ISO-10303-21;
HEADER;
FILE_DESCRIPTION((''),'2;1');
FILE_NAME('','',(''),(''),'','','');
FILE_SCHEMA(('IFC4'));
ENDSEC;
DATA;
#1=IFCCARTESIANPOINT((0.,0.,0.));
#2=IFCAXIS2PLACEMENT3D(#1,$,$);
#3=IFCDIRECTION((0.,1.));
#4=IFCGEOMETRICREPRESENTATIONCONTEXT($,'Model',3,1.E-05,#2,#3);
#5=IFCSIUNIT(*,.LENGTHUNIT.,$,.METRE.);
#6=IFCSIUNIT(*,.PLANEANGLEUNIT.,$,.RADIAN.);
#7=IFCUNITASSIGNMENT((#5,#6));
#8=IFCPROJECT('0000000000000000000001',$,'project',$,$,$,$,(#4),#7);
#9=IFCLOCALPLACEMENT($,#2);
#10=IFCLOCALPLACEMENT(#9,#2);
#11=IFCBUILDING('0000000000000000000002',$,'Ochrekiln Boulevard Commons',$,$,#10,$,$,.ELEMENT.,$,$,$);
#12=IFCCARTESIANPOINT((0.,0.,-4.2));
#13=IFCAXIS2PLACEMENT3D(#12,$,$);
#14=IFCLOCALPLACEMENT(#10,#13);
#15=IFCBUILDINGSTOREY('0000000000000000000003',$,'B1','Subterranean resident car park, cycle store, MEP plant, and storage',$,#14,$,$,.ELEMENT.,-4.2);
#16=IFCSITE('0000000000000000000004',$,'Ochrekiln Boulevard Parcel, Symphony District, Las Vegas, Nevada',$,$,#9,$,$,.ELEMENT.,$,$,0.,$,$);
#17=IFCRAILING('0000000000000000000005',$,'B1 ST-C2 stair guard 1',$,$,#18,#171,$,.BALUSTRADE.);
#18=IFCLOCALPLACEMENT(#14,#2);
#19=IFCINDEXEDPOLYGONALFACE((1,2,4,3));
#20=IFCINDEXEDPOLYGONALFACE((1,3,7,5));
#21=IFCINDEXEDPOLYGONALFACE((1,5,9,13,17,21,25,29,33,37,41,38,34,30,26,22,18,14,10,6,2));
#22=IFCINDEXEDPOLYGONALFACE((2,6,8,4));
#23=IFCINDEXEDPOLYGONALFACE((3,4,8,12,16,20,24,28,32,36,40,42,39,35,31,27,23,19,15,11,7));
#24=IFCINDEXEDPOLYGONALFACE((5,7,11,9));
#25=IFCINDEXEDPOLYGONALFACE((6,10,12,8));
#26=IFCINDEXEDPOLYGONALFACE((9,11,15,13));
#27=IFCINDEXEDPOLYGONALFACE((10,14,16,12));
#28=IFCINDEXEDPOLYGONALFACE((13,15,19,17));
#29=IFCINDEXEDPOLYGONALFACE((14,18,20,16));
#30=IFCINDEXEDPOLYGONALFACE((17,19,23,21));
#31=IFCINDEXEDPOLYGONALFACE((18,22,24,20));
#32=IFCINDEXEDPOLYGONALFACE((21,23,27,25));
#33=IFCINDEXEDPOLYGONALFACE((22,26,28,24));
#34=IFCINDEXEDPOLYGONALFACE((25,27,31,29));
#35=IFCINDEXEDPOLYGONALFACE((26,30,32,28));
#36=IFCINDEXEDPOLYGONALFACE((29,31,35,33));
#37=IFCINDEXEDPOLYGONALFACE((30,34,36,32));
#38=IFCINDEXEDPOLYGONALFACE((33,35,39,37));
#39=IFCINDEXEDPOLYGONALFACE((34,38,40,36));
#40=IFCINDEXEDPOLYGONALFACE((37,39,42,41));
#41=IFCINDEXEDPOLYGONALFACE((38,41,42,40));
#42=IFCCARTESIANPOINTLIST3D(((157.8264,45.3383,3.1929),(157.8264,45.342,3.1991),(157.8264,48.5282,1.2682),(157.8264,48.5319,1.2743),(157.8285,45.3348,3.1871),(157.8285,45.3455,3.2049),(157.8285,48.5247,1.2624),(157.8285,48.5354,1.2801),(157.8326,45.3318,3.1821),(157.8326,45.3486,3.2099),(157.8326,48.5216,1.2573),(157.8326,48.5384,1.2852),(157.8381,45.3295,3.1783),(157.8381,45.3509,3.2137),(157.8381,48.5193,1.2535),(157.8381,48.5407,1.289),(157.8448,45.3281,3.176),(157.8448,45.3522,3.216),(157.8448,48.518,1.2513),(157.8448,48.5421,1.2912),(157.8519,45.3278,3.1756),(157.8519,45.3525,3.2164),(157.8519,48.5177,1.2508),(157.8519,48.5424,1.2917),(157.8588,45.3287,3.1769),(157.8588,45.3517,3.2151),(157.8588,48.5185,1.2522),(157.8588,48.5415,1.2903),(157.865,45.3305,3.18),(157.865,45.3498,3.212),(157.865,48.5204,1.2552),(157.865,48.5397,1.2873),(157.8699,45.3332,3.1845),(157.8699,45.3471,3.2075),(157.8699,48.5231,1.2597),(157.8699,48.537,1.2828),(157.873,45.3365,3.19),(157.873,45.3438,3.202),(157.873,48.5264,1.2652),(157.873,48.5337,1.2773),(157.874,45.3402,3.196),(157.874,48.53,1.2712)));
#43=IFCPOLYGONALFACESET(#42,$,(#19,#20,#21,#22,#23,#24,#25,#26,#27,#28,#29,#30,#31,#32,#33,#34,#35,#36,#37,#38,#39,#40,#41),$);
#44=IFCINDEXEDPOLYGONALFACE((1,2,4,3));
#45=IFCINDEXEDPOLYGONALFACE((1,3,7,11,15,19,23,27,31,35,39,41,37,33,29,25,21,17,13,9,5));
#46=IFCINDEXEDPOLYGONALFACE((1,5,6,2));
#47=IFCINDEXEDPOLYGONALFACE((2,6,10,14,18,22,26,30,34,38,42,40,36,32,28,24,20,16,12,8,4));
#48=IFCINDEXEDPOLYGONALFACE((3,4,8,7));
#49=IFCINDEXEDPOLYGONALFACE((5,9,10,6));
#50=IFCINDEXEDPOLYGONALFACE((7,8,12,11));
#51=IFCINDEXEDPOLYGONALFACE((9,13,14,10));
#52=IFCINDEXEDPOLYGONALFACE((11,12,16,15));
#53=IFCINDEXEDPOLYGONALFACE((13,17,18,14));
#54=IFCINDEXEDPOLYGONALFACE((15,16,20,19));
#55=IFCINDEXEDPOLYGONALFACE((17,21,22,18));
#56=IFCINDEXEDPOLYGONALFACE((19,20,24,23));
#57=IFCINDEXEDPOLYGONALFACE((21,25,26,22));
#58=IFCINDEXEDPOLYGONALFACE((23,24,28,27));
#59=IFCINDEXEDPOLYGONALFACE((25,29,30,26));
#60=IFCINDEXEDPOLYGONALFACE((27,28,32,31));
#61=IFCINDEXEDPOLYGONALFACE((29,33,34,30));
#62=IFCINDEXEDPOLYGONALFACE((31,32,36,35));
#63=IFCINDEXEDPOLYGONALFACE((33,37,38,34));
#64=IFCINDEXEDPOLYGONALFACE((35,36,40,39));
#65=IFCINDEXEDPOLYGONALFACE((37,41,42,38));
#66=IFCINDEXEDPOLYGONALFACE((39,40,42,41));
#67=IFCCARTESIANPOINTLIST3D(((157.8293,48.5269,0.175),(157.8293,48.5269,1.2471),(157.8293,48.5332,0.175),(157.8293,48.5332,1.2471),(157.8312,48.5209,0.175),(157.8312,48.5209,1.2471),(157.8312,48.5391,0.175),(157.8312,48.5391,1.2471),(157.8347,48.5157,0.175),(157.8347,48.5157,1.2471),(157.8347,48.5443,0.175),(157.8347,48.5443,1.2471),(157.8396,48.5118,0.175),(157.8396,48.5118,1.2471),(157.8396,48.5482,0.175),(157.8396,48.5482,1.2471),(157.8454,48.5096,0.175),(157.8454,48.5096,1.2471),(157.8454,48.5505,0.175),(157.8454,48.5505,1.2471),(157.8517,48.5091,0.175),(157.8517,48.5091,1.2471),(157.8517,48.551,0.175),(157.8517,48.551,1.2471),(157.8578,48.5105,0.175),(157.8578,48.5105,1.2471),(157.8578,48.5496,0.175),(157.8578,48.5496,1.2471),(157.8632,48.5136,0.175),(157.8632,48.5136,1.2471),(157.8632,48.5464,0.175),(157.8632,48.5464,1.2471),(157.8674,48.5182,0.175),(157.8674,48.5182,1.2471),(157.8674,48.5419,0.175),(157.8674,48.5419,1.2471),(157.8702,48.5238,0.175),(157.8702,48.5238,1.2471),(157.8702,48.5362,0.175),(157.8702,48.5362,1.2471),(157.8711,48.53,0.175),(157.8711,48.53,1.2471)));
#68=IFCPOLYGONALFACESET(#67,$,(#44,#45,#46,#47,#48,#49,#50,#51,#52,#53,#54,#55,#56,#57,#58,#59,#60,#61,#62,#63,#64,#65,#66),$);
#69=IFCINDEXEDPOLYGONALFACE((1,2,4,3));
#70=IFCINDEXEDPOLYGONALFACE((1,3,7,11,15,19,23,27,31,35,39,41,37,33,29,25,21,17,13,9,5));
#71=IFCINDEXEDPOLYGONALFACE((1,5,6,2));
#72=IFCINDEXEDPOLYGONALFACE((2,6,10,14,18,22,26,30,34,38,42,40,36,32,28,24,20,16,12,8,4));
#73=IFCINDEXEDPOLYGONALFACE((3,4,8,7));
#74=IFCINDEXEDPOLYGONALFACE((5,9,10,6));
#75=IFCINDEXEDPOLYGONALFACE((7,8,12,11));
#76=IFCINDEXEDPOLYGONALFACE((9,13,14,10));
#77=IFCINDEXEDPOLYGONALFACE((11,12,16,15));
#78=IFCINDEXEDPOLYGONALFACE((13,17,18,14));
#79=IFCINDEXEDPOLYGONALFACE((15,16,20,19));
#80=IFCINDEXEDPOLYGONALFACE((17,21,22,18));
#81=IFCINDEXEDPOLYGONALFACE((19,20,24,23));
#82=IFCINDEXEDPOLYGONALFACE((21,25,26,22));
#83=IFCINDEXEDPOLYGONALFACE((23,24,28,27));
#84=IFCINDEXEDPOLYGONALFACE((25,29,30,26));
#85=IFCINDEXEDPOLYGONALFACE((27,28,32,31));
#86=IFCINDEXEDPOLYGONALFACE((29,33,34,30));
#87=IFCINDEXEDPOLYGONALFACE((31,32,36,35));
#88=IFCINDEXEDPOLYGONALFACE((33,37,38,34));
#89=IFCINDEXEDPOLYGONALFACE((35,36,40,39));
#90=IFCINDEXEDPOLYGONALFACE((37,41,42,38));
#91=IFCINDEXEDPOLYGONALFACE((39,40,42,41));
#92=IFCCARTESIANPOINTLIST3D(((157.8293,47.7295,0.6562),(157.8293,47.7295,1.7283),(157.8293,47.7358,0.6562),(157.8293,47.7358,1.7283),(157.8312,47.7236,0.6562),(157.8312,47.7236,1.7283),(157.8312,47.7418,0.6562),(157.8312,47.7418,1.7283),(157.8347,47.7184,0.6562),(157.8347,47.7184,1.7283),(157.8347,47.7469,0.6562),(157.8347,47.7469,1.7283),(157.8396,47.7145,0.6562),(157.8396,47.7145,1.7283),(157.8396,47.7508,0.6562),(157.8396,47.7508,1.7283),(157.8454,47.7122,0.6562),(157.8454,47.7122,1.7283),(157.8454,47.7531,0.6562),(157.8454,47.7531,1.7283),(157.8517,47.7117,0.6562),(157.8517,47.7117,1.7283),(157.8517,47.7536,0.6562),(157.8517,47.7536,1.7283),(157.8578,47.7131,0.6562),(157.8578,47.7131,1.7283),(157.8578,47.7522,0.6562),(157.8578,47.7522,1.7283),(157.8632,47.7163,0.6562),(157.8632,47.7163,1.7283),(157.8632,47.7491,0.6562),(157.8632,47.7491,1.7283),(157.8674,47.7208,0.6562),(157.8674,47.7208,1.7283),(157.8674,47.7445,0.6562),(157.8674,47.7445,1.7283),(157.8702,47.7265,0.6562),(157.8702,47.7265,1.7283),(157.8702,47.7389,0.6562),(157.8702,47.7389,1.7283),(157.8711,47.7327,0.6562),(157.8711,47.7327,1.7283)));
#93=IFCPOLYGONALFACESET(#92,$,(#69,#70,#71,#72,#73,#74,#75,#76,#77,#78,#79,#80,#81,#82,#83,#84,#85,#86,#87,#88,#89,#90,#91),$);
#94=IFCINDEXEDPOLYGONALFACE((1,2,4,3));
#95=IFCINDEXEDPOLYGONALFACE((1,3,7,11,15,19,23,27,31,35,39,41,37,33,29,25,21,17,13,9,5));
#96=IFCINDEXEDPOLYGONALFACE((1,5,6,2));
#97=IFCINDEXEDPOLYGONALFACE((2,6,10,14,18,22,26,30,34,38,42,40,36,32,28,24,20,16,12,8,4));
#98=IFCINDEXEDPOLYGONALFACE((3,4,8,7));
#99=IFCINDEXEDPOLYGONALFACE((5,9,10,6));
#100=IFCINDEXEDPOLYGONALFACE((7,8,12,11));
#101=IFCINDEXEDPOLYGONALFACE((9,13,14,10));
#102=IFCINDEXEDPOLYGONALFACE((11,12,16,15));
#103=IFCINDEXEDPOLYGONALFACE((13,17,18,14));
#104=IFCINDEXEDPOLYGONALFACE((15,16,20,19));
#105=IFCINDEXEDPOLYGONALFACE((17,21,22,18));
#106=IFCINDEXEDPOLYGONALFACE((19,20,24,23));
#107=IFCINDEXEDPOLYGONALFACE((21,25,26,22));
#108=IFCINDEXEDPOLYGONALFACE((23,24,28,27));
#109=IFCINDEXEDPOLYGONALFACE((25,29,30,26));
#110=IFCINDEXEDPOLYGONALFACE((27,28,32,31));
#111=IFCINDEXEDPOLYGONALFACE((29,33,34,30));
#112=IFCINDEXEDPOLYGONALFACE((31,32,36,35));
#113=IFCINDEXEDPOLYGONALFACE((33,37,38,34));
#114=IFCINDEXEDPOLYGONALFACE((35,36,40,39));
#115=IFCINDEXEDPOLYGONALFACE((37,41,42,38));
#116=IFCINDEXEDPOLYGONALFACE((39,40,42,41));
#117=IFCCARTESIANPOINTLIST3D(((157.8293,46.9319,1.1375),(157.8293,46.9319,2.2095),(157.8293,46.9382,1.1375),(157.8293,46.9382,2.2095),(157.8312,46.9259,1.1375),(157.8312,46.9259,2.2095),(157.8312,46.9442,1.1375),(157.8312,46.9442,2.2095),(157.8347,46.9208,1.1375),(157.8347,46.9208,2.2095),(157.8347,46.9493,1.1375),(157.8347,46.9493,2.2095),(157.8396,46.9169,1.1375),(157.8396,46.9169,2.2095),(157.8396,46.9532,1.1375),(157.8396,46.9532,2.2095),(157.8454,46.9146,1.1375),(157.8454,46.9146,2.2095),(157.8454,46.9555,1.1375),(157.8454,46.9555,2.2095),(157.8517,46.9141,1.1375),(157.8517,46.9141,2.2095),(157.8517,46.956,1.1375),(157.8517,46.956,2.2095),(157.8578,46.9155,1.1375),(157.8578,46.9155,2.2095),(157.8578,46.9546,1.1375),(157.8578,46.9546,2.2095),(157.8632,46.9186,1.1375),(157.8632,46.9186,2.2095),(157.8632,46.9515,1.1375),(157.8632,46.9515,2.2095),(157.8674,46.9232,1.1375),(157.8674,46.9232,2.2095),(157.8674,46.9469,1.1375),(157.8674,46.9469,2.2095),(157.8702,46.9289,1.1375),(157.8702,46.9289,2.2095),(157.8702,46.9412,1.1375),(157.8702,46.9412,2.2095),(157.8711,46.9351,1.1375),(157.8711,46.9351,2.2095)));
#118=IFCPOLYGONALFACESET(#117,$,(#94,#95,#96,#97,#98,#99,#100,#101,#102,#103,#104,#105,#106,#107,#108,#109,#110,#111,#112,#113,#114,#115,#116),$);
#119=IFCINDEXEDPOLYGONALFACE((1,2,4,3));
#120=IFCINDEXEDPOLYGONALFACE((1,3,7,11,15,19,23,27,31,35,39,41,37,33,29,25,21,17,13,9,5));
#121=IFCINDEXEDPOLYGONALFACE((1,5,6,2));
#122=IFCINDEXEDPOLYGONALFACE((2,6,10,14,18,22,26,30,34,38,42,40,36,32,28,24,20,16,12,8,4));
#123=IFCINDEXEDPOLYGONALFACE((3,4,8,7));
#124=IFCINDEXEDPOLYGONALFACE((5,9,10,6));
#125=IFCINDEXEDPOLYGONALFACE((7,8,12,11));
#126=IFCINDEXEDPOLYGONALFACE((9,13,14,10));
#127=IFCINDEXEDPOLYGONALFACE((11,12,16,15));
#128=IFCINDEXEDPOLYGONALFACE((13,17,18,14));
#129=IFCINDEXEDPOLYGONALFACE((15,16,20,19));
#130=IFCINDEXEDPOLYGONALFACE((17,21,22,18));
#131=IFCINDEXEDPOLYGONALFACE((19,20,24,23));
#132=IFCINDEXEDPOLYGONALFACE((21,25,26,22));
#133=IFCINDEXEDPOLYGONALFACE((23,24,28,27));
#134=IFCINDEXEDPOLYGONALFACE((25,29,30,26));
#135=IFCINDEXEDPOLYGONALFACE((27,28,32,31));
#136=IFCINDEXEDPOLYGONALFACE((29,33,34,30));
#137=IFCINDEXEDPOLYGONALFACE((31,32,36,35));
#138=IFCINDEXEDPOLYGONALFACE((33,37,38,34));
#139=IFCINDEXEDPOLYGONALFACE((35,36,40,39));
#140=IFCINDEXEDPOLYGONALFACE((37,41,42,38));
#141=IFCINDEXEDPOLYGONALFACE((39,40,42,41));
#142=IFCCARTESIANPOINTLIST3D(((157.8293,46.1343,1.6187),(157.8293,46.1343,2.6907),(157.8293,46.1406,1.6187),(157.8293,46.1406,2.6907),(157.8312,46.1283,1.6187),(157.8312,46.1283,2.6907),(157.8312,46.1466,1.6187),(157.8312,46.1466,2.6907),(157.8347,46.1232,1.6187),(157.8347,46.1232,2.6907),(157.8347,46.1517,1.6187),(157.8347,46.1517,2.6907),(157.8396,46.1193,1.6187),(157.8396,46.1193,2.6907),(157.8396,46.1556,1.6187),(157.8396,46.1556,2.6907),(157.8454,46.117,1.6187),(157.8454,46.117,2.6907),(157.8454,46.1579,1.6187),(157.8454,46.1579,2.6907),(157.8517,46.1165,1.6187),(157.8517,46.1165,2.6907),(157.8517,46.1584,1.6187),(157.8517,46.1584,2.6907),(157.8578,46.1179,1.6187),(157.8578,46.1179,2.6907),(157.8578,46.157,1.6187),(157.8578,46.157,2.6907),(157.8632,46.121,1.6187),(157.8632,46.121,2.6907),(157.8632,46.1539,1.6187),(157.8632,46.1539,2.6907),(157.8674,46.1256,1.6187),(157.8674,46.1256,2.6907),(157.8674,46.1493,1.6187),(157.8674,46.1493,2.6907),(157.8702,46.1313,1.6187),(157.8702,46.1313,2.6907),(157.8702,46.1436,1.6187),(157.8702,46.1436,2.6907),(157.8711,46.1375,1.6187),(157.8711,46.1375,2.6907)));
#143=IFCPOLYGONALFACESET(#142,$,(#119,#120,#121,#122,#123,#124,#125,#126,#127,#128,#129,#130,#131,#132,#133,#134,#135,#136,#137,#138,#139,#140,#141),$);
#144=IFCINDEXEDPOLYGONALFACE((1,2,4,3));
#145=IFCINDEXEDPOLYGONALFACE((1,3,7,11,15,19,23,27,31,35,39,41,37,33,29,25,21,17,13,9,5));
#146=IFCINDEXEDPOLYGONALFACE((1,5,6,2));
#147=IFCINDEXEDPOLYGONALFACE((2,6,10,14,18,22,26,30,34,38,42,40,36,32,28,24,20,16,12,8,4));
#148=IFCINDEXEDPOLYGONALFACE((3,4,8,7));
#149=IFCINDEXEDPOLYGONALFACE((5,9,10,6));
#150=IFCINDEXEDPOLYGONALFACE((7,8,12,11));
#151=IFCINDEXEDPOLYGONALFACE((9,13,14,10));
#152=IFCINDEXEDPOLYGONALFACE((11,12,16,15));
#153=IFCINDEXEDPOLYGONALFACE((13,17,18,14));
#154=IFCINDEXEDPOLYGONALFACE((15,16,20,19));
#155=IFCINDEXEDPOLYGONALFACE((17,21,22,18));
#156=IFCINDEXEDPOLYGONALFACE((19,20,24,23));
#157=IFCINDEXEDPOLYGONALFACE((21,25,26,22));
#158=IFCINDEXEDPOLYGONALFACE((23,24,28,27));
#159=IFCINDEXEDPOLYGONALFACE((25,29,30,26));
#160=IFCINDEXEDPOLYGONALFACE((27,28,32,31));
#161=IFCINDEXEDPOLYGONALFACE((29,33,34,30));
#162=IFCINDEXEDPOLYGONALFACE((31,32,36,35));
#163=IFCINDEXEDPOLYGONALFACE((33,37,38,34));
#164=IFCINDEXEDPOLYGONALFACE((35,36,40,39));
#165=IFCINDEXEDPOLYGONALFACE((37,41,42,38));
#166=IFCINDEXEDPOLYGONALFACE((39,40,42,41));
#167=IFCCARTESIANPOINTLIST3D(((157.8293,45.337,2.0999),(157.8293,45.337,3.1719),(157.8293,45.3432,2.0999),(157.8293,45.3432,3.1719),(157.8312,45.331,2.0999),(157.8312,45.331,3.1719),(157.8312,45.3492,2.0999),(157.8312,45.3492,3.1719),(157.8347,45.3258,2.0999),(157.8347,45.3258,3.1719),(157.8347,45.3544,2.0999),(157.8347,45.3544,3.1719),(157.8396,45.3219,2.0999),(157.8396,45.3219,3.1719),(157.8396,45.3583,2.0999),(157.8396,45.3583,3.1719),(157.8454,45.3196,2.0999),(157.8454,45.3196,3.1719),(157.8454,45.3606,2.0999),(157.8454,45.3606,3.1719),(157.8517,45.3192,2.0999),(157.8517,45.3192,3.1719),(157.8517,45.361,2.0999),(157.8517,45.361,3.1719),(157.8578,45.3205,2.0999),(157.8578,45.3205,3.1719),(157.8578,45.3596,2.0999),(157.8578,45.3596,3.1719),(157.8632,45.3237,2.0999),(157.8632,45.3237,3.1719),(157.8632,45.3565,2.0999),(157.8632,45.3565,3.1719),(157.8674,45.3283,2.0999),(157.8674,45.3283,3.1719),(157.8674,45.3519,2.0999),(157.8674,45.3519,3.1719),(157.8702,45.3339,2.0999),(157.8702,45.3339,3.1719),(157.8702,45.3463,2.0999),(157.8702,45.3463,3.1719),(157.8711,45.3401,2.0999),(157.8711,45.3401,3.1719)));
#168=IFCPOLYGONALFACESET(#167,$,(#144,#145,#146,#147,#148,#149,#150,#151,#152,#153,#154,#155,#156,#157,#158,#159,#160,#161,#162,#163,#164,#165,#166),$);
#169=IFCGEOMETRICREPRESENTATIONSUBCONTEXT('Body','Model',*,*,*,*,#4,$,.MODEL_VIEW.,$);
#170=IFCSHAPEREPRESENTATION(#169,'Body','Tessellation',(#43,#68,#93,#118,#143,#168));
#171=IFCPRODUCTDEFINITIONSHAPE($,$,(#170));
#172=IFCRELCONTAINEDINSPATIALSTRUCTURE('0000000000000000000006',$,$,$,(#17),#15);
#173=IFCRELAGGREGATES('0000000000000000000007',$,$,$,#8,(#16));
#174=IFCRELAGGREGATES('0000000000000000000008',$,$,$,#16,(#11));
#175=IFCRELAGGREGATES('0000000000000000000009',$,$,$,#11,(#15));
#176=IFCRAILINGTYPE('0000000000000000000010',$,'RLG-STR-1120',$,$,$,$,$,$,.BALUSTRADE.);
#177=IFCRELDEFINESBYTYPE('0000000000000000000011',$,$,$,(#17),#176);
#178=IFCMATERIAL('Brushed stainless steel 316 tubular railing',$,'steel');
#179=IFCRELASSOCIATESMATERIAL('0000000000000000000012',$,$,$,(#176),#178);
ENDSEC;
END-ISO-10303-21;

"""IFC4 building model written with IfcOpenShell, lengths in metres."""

from ifc_helpers import new_model, si_unit, direction, frame, origin, origin_2d, place, context, subcontext, project, spatial, circle, extrude, material, type_object, element, save


model = new_model("IFC4")

# Units and contexts
model_context = context("Model", 3, precision=1e-05, world=origin(), true_north=direction((0.0, 1.0)))
body_context = subcontext(model_context, "Body", "Model", "MODEL_VIEW")
ifc_project = project(units=[si_unit("LENGTHUNIT", "METRE"), si_unit("PLANEANGLEUNIT", "RADIAN")], contexts=[model_context])

# Site, building, storey
site_placement = place(None, origin())
site = spatial("IfcSite", under=ifc_project, at=site_placement, Name="Ochrekiln Boulevard Parcel, Symphony District, Las Vegas, Nevada", CompositionType="ELEMENT", RefElevation=0.0)
building_placement = place(site_placement, origin())
building = spatial("IfcBuilding", under=site, at=building_placement, Name="Ochrekiln Boulevard Commons", CompositionType="ELEMENT")
storey_placement = place(building_placement, frame((0.0, 0.0, -4.2)))
storey = spatial("IfcBuildingStorey", under=building, at=storey_placement, Name="B1", Description="Subterranean resident car park, cycle store, MEP plant, and storage", CompositionType="ELEMENT", Elevation=-4.2)

# Railing
ifc_material_1 = material(Name="Brushed stainless steel 316 tubular railing", Category="steel")
railing_type_1 = type_object("IfcRailingType", Name="RLG-STR-1120", PredefinedType="BALUSTRADE", material=ifc_material_1)
railing_1_placement = place(storey_placement, frame((157.8501, 48.53, 0.175)))
element("IfcRailing", 1, at=railing_1_placement, inside=storey, type_object=railing_type_1, Name="B1 ST-C2 stair guard 1", PredefinedType="BALUSTRADE", context=body_context, shape_type="SweptSolid", body=[
    extrude(circle(Radius=0.0239, at=origin_2d()), frame((0.0, 0.0, 1.0962), z_axis=(0.0, -0.856207, 0.516633), x_axis=(1.0, 0.0, 0.0)), (0.0, 0.0, 1.0), 3.7256),
    extrude(circle(Radius=0.021, at=origin_2d()), origin(), (0.0, 0.0, 1.0), 1.072),
    extrude(circle(Radius=0.021, at=origin_2d()), frame((0.0, -0.7974, 0.4812)), (0.0, 0.0, 1.0), 1.072),
    extrude(circle(Radius=0.021, at=origin_2d()), frame((0.0, -1.595, 0.9624)), (0.0, 0.0, 1.0), 1.072),
    extrude(circle(Radius=0.021, at=origin_2d()), frame((0.0, -2.3926, 1.4436)), (0.0, 0.0, 1.0), 1.072),
    extrude(circle(Radius=0.021, at=origin_2d()), frame((0.0, -3.1899, 1.9248)), (0.0, 0.0, 1.0), 1.072),
])

save(model, "model.ifc")
